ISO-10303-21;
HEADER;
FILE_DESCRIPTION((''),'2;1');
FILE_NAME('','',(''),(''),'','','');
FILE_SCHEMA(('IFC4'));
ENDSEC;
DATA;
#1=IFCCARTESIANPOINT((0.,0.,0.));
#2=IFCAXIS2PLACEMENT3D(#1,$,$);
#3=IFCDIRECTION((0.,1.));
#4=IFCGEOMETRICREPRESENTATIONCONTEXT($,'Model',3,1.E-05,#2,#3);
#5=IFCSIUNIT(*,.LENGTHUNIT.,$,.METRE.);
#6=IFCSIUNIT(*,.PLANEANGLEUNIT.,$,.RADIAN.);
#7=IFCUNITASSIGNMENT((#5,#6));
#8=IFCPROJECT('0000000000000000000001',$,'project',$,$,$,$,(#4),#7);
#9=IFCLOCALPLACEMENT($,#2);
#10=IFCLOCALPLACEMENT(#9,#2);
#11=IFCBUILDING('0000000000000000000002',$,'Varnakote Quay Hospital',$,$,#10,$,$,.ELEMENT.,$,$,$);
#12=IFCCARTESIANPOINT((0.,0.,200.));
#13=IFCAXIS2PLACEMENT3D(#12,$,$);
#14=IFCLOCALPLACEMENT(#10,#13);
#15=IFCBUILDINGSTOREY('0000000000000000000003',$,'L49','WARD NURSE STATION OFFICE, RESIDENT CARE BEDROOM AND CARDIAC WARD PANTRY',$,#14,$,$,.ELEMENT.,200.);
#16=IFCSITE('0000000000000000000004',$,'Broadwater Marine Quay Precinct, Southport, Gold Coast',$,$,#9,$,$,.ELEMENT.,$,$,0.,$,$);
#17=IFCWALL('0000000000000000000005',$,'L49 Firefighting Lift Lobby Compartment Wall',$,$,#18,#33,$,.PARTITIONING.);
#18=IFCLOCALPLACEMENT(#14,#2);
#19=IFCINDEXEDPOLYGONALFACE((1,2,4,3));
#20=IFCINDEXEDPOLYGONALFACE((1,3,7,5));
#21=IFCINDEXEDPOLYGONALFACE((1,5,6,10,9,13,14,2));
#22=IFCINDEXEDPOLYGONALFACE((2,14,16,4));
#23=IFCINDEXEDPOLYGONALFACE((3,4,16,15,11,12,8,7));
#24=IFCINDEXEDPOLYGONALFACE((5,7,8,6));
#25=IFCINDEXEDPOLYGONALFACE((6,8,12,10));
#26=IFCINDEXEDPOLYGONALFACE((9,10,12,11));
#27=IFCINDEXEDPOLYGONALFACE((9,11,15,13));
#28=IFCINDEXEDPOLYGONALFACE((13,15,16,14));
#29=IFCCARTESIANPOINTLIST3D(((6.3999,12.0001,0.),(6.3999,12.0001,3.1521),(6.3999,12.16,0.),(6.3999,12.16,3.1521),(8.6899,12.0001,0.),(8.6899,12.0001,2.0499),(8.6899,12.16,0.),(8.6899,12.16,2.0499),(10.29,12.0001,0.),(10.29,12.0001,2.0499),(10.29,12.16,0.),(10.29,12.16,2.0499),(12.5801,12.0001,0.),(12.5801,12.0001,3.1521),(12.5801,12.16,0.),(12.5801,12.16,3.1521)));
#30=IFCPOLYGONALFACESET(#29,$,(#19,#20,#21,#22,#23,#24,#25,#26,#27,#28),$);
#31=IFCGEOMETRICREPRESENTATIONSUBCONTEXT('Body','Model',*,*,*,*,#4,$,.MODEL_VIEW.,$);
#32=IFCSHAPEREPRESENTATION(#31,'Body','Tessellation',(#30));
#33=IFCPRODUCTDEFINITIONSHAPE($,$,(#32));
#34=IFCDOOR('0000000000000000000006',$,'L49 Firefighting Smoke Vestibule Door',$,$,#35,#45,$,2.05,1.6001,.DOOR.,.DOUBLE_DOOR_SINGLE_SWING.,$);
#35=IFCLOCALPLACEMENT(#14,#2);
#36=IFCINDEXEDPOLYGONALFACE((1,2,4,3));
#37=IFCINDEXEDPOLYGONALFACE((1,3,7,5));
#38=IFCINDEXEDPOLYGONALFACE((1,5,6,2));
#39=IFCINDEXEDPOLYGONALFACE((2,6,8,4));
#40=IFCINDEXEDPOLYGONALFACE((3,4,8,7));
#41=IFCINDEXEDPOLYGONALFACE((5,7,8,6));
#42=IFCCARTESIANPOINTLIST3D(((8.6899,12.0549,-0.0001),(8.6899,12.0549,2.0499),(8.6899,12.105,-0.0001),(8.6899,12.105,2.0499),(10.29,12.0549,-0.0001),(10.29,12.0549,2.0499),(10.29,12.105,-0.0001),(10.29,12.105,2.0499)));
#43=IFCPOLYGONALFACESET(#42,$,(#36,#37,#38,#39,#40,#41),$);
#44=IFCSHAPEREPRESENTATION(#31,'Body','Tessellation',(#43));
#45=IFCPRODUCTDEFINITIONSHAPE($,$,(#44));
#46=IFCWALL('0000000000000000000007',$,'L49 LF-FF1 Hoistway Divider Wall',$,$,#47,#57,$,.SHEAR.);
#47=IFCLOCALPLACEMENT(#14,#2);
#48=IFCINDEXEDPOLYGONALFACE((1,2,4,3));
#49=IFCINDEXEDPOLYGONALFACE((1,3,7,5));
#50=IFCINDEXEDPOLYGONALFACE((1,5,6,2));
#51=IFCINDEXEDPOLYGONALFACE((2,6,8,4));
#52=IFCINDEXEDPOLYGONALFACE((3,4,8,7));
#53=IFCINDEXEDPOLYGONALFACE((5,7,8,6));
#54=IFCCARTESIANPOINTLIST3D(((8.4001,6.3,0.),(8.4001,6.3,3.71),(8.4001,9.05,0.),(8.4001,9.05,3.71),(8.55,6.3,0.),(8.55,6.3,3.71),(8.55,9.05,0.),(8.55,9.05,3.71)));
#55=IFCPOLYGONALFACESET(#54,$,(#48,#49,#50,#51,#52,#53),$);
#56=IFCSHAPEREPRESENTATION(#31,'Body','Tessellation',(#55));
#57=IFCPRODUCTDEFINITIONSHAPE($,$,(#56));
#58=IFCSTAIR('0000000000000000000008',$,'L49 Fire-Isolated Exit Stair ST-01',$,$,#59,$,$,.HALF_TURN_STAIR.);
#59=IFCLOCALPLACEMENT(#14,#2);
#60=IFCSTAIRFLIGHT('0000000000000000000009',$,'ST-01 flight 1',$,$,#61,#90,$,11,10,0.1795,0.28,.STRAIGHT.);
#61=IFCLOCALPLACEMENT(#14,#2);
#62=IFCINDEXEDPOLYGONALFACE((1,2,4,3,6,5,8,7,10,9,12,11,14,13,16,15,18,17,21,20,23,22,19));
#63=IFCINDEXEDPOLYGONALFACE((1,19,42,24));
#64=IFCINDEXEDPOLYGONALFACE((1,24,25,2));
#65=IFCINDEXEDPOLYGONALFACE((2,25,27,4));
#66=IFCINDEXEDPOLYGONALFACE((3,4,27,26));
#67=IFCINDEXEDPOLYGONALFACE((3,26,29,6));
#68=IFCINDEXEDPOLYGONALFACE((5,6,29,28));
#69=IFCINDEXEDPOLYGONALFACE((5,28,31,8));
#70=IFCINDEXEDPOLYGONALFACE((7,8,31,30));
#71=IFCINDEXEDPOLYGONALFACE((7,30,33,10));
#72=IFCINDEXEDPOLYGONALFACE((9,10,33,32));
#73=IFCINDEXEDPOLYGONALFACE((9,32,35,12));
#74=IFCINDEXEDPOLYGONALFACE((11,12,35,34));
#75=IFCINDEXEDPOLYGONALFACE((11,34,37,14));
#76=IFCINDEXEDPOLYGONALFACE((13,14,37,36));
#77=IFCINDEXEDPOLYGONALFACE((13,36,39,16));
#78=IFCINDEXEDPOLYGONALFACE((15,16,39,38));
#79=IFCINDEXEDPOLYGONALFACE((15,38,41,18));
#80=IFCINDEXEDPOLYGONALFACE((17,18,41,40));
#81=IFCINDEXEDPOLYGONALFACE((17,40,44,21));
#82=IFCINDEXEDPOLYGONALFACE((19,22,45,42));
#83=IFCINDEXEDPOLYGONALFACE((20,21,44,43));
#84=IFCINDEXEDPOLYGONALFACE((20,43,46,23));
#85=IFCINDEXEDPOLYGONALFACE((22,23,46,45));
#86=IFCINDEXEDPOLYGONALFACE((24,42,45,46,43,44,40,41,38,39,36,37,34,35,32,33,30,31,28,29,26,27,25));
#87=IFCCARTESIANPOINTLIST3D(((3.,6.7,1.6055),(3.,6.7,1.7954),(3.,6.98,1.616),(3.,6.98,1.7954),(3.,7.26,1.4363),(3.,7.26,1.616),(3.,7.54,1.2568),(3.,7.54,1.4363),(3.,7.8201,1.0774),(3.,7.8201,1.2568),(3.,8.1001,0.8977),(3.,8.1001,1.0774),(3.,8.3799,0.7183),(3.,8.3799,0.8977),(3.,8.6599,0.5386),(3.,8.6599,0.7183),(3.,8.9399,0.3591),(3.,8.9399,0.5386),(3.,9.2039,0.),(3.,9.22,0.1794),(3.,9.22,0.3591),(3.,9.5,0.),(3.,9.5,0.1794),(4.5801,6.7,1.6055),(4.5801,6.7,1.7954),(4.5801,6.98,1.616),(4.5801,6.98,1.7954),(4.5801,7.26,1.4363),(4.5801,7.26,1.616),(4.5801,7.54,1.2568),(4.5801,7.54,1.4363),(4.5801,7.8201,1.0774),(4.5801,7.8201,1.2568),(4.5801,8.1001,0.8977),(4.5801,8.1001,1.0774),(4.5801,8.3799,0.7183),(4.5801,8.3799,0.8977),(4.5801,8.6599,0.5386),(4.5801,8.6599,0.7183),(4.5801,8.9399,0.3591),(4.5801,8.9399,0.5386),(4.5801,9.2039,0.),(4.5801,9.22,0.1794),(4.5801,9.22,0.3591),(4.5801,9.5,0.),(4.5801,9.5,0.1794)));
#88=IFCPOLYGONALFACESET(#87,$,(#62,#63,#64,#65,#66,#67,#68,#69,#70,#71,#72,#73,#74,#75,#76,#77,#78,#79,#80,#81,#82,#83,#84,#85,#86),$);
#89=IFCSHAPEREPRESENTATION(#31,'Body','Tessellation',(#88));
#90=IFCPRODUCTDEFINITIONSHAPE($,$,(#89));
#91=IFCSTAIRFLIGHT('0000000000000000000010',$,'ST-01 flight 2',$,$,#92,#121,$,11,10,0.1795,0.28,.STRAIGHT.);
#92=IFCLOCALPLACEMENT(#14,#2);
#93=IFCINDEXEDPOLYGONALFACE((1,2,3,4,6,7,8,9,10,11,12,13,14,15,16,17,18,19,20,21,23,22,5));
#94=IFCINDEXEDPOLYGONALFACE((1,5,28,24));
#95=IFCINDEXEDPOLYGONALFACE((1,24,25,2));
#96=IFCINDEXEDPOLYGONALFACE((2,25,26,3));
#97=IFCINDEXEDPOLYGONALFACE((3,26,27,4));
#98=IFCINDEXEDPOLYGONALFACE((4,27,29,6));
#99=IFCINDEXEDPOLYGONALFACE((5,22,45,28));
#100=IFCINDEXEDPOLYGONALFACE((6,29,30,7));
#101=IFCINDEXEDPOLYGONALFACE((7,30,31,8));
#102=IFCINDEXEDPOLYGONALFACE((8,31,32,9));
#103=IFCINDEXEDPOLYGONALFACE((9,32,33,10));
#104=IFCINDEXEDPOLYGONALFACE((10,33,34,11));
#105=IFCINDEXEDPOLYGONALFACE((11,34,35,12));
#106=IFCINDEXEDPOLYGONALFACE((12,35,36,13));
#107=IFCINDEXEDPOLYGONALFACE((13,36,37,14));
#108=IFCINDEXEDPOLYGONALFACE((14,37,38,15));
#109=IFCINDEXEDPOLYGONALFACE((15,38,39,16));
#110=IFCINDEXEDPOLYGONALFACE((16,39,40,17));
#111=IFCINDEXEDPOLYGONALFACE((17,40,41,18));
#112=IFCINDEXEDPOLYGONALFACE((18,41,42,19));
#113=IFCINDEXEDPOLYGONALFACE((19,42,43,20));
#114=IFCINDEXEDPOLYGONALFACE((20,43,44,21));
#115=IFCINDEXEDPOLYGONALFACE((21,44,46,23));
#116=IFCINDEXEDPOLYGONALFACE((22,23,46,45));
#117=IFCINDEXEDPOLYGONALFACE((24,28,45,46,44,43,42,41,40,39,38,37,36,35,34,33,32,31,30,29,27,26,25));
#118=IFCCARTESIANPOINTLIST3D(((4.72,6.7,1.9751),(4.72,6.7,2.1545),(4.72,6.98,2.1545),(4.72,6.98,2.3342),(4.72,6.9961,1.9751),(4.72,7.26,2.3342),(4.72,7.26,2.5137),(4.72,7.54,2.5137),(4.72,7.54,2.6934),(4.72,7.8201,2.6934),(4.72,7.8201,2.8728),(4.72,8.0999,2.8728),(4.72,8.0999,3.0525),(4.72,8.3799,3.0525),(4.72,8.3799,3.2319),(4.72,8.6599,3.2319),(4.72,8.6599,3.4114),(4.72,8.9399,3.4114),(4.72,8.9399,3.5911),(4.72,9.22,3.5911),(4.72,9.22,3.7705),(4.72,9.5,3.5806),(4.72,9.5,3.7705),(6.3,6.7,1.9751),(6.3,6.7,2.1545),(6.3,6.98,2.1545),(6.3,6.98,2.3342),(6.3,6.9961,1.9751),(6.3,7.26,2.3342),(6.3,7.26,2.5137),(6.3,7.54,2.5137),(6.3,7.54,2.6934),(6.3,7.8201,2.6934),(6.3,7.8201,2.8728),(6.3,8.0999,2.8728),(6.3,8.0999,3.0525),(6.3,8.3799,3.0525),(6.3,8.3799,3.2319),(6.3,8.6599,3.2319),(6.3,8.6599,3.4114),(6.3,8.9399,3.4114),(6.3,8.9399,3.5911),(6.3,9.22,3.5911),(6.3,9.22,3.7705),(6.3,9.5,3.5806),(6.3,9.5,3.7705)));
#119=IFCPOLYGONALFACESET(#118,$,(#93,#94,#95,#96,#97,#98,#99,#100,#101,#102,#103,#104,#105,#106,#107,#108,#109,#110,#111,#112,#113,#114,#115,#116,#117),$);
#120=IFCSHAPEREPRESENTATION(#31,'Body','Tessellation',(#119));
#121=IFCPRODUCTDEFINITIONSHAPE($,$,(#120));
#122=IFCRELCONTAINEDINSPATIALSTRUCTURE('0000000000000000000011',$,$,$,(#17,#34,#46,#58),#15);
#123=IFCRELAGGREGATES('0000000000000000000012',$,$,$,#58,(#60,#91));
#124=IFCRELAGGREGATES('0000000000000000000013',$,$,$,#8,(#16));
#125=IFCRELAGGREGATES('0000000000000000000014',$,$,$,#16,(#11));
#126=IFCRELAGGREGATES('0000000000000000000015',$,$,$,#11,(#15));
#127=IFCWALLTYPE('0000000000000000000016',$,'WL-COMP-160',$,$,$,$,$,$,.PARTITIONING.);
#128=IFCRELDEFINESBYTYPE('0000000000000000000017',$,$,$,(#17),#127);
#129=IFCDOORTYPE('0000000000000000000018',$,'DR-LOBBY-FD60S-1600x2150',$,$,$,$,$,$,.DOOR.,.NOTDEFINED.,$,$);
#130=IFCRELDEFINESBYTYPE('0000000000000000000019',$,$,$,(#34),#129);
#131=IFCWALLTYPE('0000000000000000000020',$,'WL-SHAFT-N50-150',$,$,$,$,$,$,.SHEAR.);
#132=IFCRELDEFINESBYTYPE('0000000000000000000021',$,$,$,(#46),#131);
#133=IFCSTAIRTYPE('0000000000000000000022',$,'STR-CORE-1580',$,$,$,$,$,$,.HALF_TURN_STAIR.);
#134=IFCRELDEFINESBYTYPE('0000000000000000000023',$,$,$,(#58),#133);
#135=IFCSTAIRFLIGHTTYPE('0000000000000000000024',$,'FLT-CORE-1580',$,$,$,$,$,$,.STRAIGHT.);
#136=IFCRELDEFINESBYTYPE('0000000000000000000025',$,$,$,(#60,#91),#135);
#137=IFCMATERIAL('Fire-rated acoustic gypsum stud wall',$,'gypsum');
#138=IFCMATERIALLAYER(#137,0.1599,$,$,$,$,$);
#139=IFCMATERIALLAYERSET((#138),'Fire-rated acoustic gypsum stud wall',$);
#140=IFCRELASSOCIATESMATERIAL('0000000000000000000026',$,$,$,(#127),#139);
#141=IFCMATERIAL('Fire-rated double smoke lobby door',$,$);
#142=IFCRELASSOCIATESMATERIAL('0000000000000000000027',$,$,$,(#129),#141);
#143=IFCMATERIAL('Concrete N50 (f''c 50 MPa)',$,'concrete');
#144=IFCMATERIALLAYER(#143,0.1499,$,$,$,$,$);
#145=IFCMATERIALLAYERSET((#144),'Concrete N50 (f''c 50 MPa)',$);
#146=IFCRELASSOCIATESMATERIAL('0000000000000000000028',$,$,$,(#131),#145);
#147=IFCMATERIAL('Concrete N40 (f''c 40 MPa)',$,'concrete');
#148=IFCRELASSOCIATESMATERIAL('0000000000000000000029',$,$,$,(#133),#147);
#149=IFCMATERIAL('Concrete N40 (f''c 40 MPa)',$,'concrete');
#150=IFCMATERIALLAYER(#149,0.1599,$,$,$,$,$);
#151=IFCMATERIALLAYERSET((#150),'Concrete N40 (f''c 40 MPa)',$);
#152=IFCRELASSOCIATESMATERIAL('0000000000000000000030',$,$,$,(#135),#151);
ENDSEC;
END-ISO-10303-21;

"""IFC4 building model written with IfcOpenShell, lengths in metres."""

from ifc_helpers import new_model, si_unit, direction, frame, frame_2d, origin, place, context, subcontext, project, spatial, polyline, rectangle, outline, extrude, material, layer, layer_set, type_object, element, fill, aggregate, save


model = new_model("IFC4")

# Units and contexts
model_context = context("Model", 3, precision=1e-05, world=origin(), true_north=direction((0.0, 1.0)))
body_context = subcontext(model_context, "Body", "Model", "MODEL_VIEW")
ifc_project = project(units=[si_unit("LENGTHUNIT", "METRE"), si_unit("PLANEANGLEUNIT", "RADIAN")], contexts=[model_context])

# Site, building, storey
site_placement = place(None, origin())
site = spatial("IfcSite", under=ifc_project, at=site_placement, Name="Broadwater Marine Quay Precinct, Southport, Gold Coast", CompositionType="ELEMENT", RefElevation=0.0)
building_placement = place(site_placement, origin())
building = spatial("IfcBuilding", under=site, at=building_placement, Name="Varnakote Quay Hospital", CompositionType="ELEMENT")
storey_placement = place(building_placement, frame((0.0, 0.0, 200.0)))
storey = spatial("IfcBuildingStorey", under=building, at=storey_placement, Name="L49", Description="WARD NURSE STATION OFFICE, RESIDENT CARE BEDROOM AND CARDIAC WARD PANTRY", CompositionType="ELEMENT", Elevation=200.0)

# Shared definitions
ifc_material_1 = material(Name="Fire-rated acoustic gypsum stud wall", Category="gypsum")
ifc_layer_1 = layer(ifc_material_1, 0.1599)
ifc_layer_set_1 = layer_set([ifc_layer_1], Name="Fire-rated acoustic gypsum stud wall")
wall_type_1 = type_object("IfcWallType", Name="WL-COMP-160", PredefinedType="PARTITIONING", material=ifc_layer_set_1)

# Shared definitions
ifc_material_2 = material(Name="Fire-rated double smoke lobby door")
door_type_1 = type_object("IfcDoorType", Name="DR-LOBBY-FD60S-1600x2150", OperationType="NOTDEFINED", PredefinedType="DOOR", material=ifc_material_2)

# Wall, opening, door
wall_1_placement = place(storey_placement, frame((6.3999, 12.0801, 0.0), z_axis=(0.0, 0.0, 1.0), x_axis=(1.0, 0.0, 0.0)))
wall_1 = element("IfcWall", 1, at=wall_1_placement, inside=storey, type_object=wall_type_1, Name="L49 Firefighting Lift Lobby Compartment Wall", PredefinedType="PARTITIONING", context=body_context, shape_type="SweptSolid", body=[
    extrude(rectangle(XDim=6.1802, YDim=0.1599, at=frame_2d((3.0901, 0.0))), origin(), (0.0, 0.0, 1.0), 3.1521),
])
opening_1_placement = place(wall_1_placement, frame((2.29, 0.0, 0.0)))
opening_1 = element("IfcOpeningElement", 2, at=opening_1_placement, cuts=wall_1, PredefinedType="OPENING", context=body_context, shape_type="SweptSolid", body=[
    extrude(rectangle(XDim=1.6001, YDim=2.05, at=frame_2d((0.8, 1.0249))), frame((0.0, 0.0898, 0.0), z_axis=(0.0, -1.0, 0.0), x_axis=(1.0, 0.0, 0.0)), (0.0, 0.0, 1.0), 0.1799),
])
door_1_placement = place(opening_1_placement, origin())
door_1 = element("IfcDoor", 3, at=door_1_placement, inside=storey, type_object=door_type_1, Name="L49 Firefighting Smoke Vestibule Door", OperationType="DOUBLE_DOOR_SINGLE_SWING", OverallHeight=2.05, OverallWidth=1.6001, PredefinedType="DOOR", context=body_context, shape_type="SweptSolid", body=[
    extrude(rectangle(XDim=1.6001, YDim=2.05, at=frame_2d((0.8, 1.0249))), frame((0.0, 0.0249, 0.0), z_axis=(0.0, -1.0, 0.0), x_axis=(1.0, 0.0, 0.0)), (0.0, 0.0, 1.0), 0.05),
])
fill(opening_1, door_1)

# Wall
ifc_material_3 = material(Name="Concrete N50 (f'c 50 MPa)", Category="concrete")
ifc_layer_2 = layer(ifc_material_3, 0.1499)
ifc_layer_set_2 = layer_set([ifc_layer_2], Name="Concrete N50 (f'c 50 MPa)")
wall_type_2 = type_object("IfcWallType", Name="WL-SHAFT-N50-150", PredefinedType="SHEAR", material=ifc_layer_set_2)
wall_2_placement = place(storey_placement, frame((8.4751, 6.3, 0.0), z_axis=(0.0, 0.0, 1.0), x_axis=(0.0, 1.0, 0.0)))
element("IfcWall", 4, at=wall_2_placement, inside=storey, type_object=wall_type_2, Name="L49 LF-FF1 Hoistway Divider Wall", PredefinedType="SHEAR", context=body_context, shape_type="SweptSolid", body=[
    extrude(rectangle(XDim=2.75, YDim=0.1499, at=frame_2d((1.375, 0.0))), origin(), (0.0, 0.0, 1.0), 3.71),
])

# Stair, stair flights
ifc_material_4 = material(Name="Concrete N40 (f'c 40 MPa)", Category="concrete")
stair_type = type_object("IfcStairType", Name="STR-CORE-1580", PredefinedType="HALF_TURN_STAIR", material=ifc_material_4)
stair_placement = place(storey_placement, origin())
stair = element("IfcStair", 5, at=stair_placement, inside=storey, type_object=stair_type, Name="L49 Fire-Isolated Exit Stair ST-01", PredefinedType="HALF_TURN_STAIR")
ifc_material_5 = material(Name="Concrete N40 (f'c 40 MPa)", Category="concrete")
ifc_layer_3 = layer(ifc_material_5, 0.1599)
ifc_layer_set_3 = layer_set([ifc_layer_3], Name="Concrete N40 (f'c 40 MPa)")
stair_flight_type = type_object("IfcStairFlightType", Name="FLT-CORE-1580", PredefinedType="STRAIGHT", material=ifc_layer_set_3)
stair_flight_1_placement = place(storey_placement, frame((3.79, 9.5, 0.0), z_axis=(0.0, 0.0, 1.0), x_axis=(0.0, -1.0, 0.0)))
stair_flight_1 = element("IfcStairFlight", 6, at=stair_flight_1_placement, type_object=stair_flight_type, Name="ST-01 flight 1", NumberOfRisers=11, NumberOfTreads=10, PredefinedType="STRAIGHT", RiserHeight=0.1795, TreadLength=0.28, context=body_context, shape_type="SweptSolid", body=[
    extrude(outline(polyline([(0.0, 0.0), (0.0, 0.1794), (0.28, 0.1794), (0.28, 0.3591), (0.5601, 0.3591), (0.5601, 0.5386), (0.8401, 0.5386), (0.8401, 0.7183), (1.1201, 0.7183), (1.1201, 0.8977), (1.3999, 0.8977), (1.3999, 1.0774), (1.6799, 1.0774), (1.6799, 1.2568), (1.96, 1.2568), (1.96, 1.4363), (2.24, 1.4363), (2.24, 1.616), (2.52, 1.616), (2.52, 1.7954), (2.8, 1.7954), (2.8, 1.9751), (2.8, 1.6055), (0.2961, 0.0), (0.0, 0.0)])), frame((0.0, 0.79, 0.0), z_axis=(0.0, -1.0, 0.0), x_axis=(1.0, 0.0, 0.0)), (0.0, 0.0, 1.0), 1.5801),
])
stair_flight_2_placement = place(storey_placement, frame((5.51, 6.7, 1.9751), z_axis=(0.0, 0.0, 1.0), x_axis=(0.0, 1.0, 0.0)))
stair_flight_2 = element("IfcStairFlight", 7, at=stair_flight_2_placement, type_object=stair_flight_type, Name="ST-01 flight 2", NumberOfRisers=11, NumberOfTreads=10, PredefinedType="STRAIGHT", RiserHeight=0.1795, TreadLength=0.28, context=body_context, shape_type="SweptSolid", body=[
    extrude(outline(polyline([(0.0, 0.0), (0.0, 0.1794), (0.28, 0.1794), (0.28, 0.3591), (0.5601, 0.3591), (0.5601, 0.5386), (0.8401, 0.5386), (0.8401, 0.7183), (1.1201, 0.7183), (1.1201, 0.8977), (1.3999, 0.8977), (1.3999, 1.0774), (1.6799, 1.0774), (1.6799, 1.2568), (1.96, 1.2568), (1.96, 1.4363), (2.24, 1.4363), (2.24, 1.616), (2.52, 1.616), (2.52, 1.7954), (2.8, 1.7954), (2.8, 1.9751), (2.8, 1.6055), (0.2961, 0.0), (0.0, 0.0)])), frame((0.0, 0.79, 0.0), z_axis=(0.0, -1.0, 0.0), x_axis=(1.0, 0.0, 0.0)), (0.0, 0.0, 1.0), 1.5801),
])
aggregate(stair, [stair_flight_1, stair_flight_2])

save(model, "model.ifc")
